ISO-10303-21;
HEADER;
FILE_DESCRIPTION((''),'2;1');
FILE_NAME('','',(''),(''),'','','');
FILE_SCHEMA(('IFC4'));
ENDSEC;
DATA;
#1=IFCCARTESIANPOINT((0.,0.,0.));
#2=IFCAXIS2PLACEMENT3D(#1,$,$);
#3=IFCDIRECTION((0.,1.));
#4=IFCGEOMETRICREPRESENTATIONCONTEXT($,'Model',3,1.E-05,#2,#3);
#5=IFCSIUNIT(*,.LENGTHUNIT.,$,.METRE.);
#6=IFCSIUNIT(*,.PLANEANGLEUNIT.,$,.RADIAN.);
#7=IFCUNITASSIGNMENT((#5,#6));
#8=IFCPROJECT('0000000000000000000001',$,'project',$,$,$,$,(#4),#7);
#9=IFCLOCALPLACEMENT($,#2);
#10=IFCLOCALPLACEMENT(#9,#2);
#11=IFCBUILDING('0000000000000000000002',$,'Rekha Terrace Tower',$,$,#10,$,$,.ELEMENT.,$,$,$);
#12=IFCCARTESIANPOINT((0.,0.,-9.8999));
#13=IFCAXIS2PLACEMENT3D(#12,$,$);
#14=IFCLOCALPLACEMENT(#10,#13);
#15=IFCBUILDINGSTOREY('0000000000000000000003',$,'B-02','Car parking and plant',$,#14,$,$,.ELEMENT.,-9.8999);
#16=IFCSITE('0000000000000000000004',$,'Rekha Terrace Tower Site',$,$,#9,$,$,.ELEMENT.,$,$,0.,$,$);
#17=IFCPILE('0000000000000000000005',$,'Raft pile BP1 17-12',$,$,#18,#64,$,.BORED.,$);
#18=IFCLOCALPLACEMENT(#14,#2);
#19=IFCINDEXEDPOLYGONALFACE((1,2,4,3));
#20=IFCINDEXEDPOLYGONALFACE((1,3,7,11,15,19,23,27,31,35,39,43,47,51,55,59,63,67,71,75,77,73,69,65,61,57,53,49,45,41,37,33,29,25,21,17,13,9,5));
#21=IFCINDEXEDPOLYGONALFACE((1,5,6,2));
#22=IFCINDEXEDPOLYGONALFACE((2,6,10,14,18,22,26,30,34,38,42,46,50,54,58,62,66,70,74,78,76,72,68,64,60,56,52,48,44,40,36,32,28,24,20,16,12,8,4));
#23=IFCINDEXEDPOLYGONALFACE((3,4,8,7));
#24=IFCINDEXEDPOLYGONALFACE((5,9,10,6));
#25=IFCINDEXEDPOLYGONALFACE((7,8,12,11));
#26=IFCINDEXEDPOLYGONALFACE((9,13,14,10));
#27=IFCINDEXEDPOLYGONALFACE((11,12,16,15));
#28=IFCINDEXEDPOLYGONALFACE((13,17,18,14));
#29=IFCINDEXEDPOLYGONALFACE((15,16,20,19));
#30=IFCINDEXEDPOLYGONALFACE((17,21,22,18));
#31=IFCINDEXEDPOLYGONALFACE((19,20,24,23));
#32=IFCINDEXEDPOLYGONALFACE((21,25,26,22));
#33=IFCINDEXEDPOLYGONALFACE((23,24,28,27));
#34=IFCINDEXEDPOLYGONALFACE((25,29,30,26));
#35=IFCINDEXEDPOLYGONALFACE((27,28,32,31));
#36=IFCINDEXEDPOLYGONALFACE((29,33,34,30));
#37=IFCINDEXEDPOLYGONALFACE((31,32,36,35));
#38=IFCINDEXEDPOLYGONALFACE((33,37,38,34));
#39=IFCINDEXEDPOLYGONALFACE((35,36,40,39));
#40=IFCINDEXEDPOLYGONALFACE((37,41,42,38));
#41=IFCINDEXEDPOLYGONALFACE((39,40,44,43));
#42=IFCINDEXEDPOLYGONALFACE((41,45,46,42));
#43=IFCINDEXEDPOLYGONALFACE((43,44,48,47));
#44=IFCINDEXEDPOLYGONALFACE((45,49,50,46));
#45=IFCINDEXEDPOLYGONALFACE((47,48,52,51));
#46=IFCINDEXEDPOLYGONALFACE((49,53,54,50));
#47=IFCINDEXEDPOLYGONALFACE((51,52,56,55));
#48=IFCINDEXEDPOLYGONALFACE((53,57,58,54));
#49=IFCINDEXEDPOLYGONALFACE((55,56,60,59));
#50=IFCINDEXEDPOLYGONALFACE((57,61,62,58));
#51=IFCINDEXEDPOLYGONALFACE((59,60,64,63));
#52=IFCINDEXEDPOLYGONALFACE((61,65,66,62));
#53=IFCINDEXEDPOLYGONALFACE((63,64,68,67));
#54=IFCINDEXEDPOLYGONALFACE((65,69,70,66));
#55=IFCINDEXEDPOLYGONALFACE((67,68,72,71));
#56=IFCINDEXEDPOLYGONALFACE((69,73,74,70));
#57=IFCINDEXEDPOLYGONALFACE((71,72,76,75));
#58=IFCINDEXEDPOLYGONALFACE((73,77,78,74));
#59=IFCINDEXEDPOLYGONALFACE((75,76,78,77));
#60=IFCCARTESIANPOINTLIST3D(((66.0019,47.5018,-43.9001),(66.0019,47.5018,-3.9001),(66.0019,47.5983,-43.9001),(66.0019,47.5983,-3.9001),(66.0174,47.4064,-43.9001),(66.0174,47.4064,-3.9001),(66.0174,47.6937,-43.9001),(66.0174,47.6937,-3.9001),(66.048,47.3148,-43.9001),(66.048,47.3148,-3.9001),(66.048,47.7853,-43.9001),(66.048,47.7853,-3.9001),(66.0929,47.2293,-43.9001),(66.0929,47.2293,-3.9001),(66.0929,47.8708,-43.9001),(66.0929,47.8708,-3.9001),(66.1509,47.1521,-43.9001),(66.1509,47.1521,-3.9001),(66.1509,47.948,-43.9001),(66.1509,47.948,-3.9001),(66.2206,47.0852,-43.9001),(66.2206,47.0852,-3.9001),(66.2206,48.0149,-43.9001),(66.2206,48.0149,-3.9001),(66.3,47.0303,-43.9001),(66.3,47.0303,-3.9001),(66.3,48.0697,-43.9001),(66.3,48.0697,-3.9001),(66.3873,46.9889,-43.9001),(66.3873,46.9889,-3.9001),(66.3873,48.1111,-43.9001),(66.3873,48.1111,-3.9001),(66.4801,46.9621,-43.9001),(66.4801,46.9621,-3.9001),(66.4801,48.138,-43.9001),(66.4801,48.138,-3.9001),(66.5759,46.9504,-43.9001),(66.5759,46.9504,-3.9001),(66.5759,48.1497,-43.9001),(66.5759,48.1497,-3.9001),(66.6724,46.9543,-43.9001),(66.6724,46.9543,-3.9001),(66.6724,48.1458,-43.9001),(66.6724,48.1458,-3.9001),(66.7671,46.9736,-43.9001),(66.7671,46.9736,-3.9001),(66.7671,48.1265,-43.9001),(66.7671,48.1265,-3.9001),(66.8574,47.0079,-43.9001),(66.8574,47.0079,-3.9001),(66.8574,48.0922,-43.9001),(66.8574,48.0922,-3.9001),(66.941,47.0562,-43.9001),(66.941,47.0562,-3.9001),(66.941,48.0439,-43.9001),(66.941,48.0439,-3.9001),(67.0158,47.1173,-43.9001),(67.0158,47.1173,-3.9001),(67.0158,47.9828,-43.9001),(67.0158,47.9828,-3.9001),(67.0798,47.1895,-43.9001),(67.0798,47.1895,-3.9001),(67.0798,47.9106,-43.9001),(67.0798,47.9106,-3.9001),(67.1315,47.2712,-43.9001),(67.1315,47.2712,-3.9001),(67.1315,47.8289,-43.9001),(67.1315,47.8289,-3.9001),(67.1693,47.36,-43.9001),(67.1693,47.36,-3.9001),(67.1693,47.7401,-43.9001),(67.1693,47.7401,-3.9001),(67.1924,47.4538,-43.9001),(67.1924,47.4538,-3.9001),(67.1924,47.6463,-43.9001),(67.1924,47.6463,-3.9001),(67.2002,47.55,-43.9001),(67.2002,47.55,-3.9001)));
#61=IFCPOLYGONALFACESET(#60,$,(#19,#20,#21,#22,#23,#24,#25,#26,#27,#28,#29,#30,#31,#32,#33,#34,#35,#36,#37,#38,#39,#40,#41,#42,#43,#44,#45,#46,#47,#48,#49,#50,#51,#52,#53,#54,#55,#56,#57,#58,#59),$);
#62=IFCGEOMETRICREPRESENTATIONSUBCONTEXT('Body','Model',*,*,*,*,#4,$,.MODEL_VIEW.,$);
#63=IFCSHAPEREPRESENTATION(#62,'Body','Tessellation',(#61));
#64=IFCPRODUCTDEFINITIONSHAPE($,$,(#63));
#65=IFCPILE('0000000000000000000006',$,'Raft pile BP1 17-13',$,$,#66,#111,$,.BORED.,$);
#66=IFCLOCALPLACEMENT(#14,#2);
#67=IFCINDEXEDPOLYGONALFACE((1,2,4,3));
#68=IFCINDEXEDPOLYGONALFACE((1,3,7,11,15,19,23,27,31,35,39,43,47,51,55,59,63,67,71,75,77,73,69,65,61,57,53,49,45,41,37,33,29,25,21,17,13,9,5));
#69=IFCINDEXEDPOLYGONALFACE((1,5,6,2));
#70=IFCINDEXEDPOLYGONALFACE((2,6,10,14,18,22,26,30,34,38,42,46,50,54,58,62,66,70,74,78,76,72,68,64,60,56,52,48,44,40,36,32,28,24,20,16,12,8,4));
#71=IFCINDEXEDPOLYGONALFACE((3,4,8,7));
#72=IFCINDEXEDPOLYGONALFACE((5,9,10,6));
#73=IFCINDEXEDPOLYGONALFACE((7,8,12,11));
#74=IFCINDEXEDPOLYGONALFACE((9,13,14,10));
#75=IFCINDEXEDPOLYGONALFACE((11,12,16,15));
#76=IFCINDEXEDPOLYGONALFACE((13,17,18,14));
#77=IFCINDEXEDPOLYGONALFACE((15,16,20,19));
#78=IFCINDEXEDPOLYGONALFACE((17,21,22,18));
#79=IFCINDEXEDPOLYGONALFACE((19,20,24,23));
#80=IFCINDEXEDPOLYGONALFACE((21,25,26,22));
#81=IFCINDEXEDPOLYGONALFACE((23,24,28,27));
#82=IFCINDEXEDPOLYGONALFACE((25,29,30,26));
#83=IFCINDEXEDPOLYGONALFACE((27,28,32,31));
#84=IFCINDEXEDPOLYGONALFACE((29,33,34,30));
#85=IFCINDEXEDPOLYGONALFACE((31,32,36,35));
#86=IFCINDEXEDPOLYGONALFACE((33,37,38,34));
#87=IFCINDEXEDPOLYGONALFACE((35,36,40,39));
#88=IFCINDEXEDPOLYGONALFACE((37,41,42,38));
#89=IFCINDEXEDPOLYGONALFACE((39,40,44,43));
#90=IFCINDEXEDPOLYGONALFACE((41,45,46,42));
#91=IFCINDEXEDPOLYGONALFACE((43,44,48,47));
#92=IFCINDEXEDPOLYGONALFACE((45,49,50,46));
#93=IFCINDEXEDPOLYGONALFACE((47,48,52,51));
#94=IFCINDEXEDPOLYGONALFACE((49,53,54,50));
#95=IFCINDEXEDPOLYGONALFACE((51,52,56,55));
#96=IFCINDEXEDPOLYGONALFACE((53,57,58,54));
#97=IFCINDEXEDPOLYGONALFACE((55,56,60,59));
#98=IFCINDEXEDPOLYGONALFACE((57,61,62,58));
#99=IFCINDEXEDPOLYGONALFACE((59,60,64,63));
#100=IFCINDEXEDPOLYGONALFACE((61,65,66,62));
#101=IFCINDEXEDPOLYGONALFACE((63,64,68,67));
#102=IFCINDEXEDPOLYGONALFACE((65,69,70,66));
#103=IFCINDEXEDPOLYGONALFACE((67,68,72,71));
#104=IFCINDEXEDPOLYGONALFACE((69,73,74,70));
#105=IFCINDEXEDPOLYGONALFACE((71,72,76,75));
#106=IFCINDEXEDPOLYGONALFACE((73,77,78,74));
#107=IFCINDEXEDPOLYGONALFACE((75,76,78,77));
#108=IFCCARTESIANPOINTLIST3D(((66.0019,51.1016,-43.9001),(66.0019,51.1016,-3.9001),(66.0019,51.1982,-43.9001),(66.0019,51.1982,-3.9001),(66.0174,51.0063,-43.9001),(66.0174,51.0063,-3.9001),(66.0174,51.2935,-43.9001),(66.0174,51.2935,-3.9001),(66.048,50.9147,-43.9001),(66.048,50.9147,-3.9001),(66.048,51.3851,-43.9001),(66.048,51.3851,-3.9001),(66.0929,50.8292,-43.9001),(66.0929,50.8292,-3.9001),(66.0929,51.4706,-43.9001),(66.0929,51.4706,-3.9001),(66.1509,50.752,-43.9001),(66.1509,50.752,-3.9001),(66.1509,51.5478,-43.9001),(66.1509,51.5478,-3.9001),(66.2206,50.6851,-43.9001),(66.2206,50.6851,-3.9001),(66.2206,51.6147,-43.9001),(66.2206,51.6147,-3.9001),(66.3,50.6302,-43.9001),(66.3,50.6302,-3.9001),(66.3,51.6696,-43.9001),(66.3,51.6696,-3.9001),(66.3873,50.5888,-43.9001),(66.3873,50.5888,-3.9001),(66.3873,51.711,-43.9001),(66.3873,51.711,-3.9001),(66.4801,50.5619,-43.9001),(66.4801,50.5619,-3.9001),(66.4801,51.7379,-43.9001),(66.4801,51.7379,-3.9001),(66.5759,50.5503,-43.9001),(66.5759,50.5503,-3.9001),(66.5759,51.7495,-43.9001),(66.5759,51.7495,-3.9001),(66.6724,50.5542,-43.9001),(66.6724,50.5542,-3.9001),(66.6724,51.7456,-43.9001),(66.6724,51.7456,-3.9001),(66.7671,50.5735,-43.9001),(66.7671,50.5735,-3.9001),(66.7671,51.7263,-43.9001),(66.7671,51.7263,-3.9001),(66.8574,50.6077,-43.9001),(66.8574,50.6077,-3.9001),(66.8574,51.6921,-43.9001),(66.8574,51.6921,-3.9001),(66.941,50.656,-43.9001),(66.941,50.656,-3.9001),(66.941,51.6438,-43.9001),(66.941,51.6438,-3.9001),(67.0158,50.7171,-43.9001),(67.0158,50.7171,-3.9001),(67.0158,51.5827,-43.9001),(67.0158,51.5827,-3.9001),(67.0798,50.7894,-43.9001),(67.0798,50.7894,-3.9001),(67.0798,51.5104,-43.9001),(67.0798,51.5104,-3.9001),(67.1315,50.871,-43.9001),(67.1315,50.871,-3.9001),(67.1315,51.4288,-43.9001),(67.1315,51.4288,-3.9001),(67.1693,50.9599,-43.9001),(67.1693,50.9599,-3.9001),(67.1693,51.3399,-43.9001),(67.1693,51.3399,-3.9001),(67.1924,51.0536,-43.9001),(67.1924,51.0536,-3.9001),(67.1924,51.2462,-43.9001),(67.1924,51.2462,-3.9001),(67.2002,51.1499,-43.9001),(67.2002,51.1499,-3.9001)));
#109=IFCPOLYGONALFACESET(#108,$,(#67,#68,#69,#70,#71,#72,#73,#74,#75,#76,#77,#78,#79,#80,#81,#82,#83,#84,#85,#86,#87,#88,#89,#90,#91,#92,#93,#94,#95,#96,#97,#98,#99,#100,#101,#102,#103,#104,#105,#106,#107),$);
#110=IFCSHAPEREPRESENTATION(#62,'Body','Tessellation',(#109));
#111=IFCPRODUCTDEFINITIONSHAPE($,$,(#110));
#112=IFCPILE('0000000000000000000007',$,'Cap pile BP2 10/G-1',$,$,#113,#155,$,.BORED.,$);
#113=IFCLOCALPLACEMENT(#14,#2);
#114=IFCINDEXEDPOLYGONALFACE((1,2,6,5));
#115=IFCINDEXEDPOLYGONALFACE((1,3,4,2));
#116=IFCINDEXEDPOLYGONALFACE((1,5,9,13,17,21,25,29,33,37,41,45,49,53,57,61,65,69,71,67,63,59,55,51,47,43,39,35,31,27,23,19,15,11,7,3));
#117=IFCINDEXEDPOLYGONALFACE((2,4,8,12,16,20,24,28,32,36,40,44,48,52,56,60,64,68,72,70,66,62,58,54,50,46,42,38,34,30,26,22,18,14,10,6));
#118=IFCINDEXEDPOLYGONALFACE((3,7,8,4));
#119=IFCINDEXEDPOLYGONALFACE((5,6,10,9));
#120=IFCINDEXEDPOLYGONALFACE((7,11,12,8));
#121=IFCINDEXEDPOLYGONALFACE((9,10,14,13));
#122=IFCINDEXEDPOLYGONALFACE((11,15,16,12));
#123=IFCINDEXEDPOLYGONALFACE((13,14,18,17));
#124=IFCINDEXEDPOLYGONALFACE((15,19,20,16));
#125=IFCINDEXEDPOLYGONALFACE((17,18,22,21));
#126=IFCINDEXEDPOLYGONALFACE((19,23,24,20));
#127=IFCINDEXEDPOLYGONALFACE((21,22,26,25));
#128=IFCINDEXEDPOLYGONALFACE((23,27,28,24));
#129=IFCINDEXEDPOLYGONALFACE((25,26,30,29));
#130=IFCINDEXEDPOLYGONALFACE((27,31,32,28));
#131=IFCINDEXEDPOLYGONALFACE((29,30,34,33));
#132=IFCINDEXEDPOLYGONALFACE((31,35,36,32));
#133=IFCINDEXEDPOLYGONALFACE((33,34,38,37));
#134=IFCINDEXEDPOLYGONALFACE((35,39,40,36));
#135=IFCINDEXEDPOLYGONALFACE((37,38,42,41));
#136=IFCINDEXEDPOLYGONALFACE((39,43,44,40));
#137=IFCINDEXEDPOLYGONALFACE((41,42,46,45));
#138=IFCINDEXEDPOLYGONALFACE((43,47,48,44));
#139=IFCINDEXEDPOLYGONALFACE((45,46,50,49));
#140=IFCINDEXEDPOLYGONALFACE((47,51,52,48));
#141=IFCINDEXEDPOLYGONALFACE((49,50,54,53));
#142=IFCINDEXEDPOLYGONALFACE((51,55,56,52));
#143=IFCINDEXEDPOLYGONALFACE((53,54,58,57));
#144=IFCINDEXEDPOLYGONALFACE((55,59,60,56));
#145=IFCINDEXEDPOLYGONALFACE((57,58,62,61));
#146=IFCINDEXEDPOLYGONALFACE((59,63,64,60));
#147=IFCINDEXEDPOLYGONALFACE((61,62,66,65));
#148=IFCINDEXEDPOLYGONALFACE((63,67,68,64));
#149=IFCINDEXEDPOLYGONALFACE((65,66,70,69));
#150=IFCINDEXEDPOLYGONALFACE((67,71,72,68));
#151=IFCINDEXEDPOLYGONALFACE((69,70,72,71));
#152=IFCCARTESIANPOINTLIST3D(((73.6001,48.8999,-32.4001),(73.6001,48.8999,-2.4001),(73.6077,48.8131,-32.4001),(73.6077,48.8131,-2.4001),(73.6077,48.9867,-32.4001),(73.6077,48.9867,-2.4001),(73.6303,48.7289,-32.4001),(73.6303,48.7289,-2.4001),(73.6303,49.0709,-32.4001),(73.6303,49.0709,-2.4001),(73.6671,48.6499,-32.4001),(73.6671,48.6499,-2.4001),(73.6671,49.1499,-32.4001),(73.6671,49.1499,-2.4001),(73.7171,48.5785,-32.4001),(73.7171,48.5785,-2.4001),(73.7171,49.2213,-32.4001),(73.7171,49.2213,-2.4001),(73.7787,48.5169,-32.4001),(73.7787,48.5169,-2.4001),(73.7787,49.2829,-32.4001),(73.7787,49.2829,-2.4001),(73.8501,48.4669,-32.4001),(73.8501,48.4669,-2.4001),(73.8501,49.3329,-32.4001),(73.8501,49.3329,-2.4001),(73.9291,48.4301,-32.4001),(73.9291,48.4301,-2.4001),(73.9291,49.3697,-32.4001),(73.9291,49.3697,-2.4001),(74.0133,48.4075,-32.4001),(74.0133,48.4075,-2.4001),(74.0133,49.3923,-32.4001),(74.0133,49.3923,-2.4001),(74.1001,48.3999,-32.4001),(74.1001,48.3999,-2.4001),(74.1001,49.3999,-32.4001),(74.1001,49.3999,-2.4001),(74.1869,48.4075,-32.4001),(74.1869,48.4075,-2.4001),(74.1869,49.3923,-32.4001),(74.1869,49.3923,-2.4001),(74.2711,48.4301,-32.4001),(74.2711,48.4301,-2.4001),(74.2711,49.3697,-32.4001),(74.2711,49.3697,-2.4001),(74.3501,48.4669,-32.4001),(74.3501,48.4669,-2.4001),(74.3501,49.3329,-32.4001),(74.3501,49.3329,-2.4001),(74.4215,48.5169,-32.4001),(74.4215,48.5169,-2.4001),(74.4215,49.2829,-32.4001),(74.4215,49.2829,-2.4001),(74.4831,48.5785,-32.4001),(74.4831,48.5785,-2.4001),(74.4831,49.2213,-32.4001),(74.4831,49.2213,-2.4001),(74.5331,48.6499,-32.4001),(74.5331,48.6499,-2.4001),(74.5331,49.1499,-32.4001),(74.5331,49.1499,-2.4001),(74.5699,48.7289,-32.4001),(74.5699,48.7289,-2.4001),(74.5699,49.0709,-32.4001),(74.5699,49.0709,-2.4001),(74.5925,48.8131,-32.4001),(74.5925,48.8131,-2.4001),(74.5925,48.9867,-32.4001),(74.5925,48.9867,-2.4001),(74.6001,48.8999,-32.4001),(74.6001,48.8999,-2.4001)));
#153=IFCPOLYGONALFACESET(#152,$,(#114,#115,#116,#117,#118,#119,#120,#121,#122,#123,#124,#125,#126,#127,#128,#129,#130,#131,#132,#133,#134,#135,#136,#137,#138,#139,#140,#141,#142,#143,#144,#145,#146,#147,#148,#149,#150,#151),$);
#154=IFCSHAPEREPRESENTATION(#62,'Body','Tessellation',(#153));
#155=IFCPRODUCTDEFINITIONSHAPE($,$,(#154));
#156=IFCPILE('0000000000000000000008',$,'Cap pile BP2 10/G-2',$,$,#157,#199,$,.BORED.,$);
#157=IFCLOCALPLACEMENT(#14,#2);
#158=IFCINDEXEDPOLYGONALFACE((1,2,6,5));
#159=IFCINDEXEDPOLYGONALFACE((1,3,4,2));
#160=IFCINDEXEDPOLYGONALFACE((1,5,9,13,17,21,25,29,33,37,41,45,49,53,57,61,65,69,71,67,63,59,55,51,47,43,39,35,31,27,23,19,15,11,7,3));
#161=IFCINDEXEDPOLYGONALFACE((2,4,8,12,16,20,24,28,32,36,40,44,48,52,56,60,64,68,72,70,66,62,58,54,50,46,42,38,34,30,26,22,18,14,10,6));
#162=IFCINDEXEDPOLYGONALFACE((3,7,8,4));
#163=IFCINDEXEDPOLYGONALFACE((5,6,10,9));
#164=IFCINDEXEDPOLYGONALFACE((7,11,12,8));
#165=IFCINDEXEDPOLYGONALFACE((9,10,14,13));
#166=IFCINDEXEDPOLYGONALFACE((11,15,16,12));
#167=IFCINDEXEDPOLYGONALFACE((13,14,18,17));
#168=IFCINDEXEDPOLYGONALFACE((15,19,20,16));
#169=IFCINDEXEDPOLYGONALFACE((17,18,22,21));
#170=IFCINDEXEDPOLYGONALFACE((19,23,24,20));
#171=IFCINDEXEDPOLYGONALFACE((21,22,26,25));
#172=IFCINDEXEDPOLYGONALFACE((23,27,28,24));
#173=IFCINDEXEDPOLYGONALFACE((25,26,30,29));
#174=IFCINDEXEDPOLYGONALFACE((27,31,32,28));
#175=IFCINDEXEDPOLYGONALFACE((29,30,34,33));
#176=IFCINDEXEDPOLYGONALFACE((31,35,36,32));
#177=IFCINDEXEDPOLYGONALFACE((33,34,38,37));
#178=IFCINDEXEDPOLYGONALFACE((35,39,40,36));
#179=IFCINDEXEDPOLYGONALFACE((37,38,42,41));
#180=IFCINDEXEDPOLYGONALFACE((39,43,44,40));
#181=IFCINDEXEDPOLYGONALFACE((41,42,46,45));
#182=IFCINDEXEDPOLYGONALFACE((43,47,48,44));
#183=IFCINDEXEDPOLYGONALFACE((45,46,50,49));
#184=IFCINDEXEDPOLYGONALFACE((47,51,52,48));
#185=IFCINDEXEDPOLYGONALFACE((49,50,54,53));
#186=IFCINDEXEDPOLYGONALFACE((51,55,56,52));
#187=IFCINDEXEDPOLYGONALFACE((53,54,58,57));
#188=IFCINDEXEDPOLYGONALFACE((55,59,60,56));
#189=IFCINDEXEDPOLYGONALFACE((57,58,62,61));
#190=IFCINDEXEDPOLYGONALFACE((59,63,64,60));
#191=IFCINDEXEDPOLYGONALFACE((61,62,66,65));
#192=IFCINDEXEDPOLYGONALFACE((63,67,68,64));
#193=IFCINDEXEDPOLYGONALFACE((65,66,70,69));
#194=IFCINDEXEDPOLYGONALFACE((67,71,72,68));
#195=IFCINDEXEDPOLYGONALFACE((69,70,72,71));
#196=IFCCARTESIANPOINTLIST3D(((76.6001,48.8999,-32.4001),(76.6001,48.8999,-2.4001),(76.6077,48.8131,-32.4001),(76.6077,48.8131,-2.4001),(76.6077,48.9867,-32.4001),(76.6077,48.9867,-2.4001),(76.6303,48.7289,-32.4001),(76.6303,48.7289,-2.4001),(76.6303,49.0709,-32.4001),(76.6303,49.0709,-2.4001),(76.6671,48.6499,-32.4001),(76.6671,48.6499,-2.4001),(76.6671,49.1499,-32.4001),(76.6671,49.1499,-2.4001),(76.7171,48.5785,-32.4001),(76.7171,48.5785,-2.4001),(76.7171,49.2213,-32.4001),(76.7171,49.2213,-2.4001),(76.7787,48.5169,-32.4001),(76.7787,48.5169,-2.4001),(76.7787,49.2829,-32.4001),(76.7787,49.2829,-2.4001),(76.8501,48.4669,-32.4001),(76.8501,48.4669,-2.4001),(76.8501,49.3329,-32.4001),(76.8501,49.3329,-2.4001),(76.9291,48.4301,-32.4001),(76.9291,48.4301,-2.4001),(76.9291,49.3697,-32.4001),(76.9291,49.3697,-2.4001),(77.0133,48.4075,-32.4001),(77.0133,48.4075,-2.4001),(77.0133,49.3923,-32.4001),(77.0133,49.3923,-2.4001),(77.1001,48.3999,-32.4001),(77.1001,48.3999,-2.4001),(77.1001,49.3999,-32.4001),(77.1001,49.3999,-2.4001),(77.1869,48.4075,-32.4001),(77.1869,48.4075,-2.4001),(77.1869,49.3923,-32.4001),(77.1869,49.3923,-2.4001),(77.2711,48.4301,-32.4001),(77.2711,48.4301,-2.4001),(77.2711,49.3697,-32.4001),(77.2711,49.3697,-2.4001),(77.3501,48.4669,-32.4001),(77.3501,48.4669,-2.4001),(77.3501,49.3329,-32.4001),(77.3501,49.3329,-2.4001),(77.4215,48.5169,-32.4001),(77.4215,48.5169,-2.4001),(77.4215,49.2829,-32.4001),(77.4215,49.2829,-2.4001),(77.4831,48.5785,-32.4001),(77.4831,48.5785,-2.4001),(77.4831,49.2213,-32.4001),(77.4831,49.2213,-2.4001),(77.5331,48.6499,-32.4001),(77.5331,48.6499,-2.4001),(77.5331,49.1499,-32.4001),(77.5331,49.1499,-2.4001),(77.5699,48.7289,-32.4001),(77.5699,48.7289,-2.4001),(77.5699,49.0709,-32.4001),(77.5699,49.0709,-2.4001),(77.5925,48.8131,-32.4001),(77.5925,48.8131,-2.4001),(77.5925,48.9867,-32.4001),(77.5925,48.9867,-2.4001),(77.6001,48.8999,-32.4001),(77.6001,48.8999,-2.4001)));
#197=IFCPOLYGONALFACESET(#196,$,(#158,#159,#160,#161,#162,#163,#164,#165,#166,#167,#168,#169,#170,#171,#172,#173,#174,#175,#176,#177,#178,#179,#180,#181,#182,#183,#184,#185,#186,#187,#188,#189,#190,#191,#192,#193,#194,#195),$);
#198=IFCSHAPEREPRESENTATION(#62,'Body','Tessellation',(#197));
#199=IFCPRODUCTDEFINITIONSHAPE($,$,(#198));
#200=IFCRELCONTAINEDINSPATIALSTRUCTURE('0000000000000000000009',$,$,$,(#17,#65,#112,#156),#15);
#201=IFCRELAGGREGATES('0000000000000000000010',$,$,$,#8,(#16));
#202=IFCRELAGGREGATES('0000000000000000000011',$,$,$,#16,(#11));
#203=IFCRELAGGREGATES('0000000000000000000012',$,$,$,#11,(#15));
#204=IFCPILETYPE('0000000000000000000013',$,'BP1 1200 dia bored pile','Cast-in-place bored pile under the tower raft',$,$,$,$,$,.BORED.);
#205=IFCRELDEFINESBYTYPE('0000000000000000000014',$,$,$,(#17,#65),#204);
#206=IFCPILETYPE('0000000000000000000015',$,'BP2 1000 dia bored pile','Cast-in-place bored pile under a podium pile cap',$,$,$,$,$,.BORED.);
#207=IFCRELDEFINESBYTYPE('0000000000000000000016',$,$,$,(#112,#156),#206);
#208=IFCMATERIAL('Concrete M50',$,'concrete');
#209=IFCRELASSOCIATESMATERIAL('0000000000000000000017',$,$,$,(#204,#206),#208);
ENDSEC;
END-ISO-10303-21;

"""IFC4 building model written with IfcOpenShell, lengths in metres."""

from ifc_helpers import new_model, si_unit, direction, frame, origin, origin_2d, place, context, subcontext, project, spatial, circle, extrude, material, type_object, element, save


model = new_model("IFC4")

# Units and contexts
model_context = context("Model", 3, precision=1e-05, world=origin(), true_north=direction((0.0, 1.0)))
body_context = subcontext(model_context, "Body", "Model", "MODEL_VIEW")
ifc_project = project(units=[si_unit("LENGTHUNIT", "METRE"), si_unit("PLANEANGLEUNIT", "RADIAN")], contexts=[model_context])

# Site, building, storey
site_placement = place(None, origin())
site = spatial("IfcSite", under=ifc_project, at=site_placement, Name="Rekha Terrace Tower Site", CompositionType="ELEMENT", RefElevation=0.0)
building_placement = place(site_placement, origin())
building = spatial("IfcBuilding", under=site, at=building_placement, Name="Rekha Terrace Tower", CompositionType="ELEMENT")
storey_placement = place(building_placement, frame((0.0, 0.0, -9.8999)))
storey = spatial("IfcBuildingStorey", under=building, at=storey_placement, Name="B-02", Description="Car parking and plant", CompositionType="ELEMENT", Elevation=-9.8999)

# Piles
ifc_material_1 = material(Name="Concrete M50", Category="concrete")
pile_type_1 = type_object("IfcPileType", Name="BP1 1200 dia bored pile", Description="Cast-in-place bored pile under the tower raft", PredefinedType="BORED", material=ifc_material_1)
for number, where, z_axis, x_axis, name in (
    (1, (66.6001, 47.55, -3.9001), (0.0, 0.0, -1.0), (1.0, 0.0, 0.0), "Raft pile BP1 17-12"),
    (2, (66.6001, 51.1499, -3.9001), (0.0, 0.0, -1.0), (1.0, 0.0, 0.0), "Raft pile BP1 17-13"),
):
    element("IfcPile", number, at=place(storey_placement, frame(where, z_axis=z_axis, x_axis=x_axis)), inside=storey, type_object=pile_type_1, Name=name, PredefinedType="BORED", context=body_context, shape_type="SweptSolid", body=[
        extrude(circle(Radius=0.6001, at=origin_2d()), origin(), (0.0, 0.0, 1.0), 40.0),
    ])
pile_type_2 = type_object("IfcPileType", Name="BP2 1000 dia bored pile", Description="Cast-in-place bored pile under a podium pile cap", PredefinedType="BORED", material=ifc_material_1)
for number, where, z_axis, x_axis, name in (
    (3, (74.1001, 48.8999, -2.4001), (0.0, 0.0, -1.0), (1.0, 0.0, 0.0), "Cap pile BP2 10/G-1"),
    (4, (77.1001, 48.8999, -2.4001), (0.0, 0.0, -1.0), (1.0, 0.0, 0.0), "Cap pile BP2 10/G-2"),
):
    element("IfcPile", number, at=place(storey_placement, frame(where, z_axis=z_axis, x_axis=x_axis)), inside=storey, type_object=pile_type_2, Name=name, PredefinedType="BORED", context=body_context, shape_type="SweptSolid", body=[
        extrude(circle(Radius=0.5, at=origin_2d()), origin(), (0.0, 0.0, 1.0), 30.0),
    ])

save(model, "model.ifc")
